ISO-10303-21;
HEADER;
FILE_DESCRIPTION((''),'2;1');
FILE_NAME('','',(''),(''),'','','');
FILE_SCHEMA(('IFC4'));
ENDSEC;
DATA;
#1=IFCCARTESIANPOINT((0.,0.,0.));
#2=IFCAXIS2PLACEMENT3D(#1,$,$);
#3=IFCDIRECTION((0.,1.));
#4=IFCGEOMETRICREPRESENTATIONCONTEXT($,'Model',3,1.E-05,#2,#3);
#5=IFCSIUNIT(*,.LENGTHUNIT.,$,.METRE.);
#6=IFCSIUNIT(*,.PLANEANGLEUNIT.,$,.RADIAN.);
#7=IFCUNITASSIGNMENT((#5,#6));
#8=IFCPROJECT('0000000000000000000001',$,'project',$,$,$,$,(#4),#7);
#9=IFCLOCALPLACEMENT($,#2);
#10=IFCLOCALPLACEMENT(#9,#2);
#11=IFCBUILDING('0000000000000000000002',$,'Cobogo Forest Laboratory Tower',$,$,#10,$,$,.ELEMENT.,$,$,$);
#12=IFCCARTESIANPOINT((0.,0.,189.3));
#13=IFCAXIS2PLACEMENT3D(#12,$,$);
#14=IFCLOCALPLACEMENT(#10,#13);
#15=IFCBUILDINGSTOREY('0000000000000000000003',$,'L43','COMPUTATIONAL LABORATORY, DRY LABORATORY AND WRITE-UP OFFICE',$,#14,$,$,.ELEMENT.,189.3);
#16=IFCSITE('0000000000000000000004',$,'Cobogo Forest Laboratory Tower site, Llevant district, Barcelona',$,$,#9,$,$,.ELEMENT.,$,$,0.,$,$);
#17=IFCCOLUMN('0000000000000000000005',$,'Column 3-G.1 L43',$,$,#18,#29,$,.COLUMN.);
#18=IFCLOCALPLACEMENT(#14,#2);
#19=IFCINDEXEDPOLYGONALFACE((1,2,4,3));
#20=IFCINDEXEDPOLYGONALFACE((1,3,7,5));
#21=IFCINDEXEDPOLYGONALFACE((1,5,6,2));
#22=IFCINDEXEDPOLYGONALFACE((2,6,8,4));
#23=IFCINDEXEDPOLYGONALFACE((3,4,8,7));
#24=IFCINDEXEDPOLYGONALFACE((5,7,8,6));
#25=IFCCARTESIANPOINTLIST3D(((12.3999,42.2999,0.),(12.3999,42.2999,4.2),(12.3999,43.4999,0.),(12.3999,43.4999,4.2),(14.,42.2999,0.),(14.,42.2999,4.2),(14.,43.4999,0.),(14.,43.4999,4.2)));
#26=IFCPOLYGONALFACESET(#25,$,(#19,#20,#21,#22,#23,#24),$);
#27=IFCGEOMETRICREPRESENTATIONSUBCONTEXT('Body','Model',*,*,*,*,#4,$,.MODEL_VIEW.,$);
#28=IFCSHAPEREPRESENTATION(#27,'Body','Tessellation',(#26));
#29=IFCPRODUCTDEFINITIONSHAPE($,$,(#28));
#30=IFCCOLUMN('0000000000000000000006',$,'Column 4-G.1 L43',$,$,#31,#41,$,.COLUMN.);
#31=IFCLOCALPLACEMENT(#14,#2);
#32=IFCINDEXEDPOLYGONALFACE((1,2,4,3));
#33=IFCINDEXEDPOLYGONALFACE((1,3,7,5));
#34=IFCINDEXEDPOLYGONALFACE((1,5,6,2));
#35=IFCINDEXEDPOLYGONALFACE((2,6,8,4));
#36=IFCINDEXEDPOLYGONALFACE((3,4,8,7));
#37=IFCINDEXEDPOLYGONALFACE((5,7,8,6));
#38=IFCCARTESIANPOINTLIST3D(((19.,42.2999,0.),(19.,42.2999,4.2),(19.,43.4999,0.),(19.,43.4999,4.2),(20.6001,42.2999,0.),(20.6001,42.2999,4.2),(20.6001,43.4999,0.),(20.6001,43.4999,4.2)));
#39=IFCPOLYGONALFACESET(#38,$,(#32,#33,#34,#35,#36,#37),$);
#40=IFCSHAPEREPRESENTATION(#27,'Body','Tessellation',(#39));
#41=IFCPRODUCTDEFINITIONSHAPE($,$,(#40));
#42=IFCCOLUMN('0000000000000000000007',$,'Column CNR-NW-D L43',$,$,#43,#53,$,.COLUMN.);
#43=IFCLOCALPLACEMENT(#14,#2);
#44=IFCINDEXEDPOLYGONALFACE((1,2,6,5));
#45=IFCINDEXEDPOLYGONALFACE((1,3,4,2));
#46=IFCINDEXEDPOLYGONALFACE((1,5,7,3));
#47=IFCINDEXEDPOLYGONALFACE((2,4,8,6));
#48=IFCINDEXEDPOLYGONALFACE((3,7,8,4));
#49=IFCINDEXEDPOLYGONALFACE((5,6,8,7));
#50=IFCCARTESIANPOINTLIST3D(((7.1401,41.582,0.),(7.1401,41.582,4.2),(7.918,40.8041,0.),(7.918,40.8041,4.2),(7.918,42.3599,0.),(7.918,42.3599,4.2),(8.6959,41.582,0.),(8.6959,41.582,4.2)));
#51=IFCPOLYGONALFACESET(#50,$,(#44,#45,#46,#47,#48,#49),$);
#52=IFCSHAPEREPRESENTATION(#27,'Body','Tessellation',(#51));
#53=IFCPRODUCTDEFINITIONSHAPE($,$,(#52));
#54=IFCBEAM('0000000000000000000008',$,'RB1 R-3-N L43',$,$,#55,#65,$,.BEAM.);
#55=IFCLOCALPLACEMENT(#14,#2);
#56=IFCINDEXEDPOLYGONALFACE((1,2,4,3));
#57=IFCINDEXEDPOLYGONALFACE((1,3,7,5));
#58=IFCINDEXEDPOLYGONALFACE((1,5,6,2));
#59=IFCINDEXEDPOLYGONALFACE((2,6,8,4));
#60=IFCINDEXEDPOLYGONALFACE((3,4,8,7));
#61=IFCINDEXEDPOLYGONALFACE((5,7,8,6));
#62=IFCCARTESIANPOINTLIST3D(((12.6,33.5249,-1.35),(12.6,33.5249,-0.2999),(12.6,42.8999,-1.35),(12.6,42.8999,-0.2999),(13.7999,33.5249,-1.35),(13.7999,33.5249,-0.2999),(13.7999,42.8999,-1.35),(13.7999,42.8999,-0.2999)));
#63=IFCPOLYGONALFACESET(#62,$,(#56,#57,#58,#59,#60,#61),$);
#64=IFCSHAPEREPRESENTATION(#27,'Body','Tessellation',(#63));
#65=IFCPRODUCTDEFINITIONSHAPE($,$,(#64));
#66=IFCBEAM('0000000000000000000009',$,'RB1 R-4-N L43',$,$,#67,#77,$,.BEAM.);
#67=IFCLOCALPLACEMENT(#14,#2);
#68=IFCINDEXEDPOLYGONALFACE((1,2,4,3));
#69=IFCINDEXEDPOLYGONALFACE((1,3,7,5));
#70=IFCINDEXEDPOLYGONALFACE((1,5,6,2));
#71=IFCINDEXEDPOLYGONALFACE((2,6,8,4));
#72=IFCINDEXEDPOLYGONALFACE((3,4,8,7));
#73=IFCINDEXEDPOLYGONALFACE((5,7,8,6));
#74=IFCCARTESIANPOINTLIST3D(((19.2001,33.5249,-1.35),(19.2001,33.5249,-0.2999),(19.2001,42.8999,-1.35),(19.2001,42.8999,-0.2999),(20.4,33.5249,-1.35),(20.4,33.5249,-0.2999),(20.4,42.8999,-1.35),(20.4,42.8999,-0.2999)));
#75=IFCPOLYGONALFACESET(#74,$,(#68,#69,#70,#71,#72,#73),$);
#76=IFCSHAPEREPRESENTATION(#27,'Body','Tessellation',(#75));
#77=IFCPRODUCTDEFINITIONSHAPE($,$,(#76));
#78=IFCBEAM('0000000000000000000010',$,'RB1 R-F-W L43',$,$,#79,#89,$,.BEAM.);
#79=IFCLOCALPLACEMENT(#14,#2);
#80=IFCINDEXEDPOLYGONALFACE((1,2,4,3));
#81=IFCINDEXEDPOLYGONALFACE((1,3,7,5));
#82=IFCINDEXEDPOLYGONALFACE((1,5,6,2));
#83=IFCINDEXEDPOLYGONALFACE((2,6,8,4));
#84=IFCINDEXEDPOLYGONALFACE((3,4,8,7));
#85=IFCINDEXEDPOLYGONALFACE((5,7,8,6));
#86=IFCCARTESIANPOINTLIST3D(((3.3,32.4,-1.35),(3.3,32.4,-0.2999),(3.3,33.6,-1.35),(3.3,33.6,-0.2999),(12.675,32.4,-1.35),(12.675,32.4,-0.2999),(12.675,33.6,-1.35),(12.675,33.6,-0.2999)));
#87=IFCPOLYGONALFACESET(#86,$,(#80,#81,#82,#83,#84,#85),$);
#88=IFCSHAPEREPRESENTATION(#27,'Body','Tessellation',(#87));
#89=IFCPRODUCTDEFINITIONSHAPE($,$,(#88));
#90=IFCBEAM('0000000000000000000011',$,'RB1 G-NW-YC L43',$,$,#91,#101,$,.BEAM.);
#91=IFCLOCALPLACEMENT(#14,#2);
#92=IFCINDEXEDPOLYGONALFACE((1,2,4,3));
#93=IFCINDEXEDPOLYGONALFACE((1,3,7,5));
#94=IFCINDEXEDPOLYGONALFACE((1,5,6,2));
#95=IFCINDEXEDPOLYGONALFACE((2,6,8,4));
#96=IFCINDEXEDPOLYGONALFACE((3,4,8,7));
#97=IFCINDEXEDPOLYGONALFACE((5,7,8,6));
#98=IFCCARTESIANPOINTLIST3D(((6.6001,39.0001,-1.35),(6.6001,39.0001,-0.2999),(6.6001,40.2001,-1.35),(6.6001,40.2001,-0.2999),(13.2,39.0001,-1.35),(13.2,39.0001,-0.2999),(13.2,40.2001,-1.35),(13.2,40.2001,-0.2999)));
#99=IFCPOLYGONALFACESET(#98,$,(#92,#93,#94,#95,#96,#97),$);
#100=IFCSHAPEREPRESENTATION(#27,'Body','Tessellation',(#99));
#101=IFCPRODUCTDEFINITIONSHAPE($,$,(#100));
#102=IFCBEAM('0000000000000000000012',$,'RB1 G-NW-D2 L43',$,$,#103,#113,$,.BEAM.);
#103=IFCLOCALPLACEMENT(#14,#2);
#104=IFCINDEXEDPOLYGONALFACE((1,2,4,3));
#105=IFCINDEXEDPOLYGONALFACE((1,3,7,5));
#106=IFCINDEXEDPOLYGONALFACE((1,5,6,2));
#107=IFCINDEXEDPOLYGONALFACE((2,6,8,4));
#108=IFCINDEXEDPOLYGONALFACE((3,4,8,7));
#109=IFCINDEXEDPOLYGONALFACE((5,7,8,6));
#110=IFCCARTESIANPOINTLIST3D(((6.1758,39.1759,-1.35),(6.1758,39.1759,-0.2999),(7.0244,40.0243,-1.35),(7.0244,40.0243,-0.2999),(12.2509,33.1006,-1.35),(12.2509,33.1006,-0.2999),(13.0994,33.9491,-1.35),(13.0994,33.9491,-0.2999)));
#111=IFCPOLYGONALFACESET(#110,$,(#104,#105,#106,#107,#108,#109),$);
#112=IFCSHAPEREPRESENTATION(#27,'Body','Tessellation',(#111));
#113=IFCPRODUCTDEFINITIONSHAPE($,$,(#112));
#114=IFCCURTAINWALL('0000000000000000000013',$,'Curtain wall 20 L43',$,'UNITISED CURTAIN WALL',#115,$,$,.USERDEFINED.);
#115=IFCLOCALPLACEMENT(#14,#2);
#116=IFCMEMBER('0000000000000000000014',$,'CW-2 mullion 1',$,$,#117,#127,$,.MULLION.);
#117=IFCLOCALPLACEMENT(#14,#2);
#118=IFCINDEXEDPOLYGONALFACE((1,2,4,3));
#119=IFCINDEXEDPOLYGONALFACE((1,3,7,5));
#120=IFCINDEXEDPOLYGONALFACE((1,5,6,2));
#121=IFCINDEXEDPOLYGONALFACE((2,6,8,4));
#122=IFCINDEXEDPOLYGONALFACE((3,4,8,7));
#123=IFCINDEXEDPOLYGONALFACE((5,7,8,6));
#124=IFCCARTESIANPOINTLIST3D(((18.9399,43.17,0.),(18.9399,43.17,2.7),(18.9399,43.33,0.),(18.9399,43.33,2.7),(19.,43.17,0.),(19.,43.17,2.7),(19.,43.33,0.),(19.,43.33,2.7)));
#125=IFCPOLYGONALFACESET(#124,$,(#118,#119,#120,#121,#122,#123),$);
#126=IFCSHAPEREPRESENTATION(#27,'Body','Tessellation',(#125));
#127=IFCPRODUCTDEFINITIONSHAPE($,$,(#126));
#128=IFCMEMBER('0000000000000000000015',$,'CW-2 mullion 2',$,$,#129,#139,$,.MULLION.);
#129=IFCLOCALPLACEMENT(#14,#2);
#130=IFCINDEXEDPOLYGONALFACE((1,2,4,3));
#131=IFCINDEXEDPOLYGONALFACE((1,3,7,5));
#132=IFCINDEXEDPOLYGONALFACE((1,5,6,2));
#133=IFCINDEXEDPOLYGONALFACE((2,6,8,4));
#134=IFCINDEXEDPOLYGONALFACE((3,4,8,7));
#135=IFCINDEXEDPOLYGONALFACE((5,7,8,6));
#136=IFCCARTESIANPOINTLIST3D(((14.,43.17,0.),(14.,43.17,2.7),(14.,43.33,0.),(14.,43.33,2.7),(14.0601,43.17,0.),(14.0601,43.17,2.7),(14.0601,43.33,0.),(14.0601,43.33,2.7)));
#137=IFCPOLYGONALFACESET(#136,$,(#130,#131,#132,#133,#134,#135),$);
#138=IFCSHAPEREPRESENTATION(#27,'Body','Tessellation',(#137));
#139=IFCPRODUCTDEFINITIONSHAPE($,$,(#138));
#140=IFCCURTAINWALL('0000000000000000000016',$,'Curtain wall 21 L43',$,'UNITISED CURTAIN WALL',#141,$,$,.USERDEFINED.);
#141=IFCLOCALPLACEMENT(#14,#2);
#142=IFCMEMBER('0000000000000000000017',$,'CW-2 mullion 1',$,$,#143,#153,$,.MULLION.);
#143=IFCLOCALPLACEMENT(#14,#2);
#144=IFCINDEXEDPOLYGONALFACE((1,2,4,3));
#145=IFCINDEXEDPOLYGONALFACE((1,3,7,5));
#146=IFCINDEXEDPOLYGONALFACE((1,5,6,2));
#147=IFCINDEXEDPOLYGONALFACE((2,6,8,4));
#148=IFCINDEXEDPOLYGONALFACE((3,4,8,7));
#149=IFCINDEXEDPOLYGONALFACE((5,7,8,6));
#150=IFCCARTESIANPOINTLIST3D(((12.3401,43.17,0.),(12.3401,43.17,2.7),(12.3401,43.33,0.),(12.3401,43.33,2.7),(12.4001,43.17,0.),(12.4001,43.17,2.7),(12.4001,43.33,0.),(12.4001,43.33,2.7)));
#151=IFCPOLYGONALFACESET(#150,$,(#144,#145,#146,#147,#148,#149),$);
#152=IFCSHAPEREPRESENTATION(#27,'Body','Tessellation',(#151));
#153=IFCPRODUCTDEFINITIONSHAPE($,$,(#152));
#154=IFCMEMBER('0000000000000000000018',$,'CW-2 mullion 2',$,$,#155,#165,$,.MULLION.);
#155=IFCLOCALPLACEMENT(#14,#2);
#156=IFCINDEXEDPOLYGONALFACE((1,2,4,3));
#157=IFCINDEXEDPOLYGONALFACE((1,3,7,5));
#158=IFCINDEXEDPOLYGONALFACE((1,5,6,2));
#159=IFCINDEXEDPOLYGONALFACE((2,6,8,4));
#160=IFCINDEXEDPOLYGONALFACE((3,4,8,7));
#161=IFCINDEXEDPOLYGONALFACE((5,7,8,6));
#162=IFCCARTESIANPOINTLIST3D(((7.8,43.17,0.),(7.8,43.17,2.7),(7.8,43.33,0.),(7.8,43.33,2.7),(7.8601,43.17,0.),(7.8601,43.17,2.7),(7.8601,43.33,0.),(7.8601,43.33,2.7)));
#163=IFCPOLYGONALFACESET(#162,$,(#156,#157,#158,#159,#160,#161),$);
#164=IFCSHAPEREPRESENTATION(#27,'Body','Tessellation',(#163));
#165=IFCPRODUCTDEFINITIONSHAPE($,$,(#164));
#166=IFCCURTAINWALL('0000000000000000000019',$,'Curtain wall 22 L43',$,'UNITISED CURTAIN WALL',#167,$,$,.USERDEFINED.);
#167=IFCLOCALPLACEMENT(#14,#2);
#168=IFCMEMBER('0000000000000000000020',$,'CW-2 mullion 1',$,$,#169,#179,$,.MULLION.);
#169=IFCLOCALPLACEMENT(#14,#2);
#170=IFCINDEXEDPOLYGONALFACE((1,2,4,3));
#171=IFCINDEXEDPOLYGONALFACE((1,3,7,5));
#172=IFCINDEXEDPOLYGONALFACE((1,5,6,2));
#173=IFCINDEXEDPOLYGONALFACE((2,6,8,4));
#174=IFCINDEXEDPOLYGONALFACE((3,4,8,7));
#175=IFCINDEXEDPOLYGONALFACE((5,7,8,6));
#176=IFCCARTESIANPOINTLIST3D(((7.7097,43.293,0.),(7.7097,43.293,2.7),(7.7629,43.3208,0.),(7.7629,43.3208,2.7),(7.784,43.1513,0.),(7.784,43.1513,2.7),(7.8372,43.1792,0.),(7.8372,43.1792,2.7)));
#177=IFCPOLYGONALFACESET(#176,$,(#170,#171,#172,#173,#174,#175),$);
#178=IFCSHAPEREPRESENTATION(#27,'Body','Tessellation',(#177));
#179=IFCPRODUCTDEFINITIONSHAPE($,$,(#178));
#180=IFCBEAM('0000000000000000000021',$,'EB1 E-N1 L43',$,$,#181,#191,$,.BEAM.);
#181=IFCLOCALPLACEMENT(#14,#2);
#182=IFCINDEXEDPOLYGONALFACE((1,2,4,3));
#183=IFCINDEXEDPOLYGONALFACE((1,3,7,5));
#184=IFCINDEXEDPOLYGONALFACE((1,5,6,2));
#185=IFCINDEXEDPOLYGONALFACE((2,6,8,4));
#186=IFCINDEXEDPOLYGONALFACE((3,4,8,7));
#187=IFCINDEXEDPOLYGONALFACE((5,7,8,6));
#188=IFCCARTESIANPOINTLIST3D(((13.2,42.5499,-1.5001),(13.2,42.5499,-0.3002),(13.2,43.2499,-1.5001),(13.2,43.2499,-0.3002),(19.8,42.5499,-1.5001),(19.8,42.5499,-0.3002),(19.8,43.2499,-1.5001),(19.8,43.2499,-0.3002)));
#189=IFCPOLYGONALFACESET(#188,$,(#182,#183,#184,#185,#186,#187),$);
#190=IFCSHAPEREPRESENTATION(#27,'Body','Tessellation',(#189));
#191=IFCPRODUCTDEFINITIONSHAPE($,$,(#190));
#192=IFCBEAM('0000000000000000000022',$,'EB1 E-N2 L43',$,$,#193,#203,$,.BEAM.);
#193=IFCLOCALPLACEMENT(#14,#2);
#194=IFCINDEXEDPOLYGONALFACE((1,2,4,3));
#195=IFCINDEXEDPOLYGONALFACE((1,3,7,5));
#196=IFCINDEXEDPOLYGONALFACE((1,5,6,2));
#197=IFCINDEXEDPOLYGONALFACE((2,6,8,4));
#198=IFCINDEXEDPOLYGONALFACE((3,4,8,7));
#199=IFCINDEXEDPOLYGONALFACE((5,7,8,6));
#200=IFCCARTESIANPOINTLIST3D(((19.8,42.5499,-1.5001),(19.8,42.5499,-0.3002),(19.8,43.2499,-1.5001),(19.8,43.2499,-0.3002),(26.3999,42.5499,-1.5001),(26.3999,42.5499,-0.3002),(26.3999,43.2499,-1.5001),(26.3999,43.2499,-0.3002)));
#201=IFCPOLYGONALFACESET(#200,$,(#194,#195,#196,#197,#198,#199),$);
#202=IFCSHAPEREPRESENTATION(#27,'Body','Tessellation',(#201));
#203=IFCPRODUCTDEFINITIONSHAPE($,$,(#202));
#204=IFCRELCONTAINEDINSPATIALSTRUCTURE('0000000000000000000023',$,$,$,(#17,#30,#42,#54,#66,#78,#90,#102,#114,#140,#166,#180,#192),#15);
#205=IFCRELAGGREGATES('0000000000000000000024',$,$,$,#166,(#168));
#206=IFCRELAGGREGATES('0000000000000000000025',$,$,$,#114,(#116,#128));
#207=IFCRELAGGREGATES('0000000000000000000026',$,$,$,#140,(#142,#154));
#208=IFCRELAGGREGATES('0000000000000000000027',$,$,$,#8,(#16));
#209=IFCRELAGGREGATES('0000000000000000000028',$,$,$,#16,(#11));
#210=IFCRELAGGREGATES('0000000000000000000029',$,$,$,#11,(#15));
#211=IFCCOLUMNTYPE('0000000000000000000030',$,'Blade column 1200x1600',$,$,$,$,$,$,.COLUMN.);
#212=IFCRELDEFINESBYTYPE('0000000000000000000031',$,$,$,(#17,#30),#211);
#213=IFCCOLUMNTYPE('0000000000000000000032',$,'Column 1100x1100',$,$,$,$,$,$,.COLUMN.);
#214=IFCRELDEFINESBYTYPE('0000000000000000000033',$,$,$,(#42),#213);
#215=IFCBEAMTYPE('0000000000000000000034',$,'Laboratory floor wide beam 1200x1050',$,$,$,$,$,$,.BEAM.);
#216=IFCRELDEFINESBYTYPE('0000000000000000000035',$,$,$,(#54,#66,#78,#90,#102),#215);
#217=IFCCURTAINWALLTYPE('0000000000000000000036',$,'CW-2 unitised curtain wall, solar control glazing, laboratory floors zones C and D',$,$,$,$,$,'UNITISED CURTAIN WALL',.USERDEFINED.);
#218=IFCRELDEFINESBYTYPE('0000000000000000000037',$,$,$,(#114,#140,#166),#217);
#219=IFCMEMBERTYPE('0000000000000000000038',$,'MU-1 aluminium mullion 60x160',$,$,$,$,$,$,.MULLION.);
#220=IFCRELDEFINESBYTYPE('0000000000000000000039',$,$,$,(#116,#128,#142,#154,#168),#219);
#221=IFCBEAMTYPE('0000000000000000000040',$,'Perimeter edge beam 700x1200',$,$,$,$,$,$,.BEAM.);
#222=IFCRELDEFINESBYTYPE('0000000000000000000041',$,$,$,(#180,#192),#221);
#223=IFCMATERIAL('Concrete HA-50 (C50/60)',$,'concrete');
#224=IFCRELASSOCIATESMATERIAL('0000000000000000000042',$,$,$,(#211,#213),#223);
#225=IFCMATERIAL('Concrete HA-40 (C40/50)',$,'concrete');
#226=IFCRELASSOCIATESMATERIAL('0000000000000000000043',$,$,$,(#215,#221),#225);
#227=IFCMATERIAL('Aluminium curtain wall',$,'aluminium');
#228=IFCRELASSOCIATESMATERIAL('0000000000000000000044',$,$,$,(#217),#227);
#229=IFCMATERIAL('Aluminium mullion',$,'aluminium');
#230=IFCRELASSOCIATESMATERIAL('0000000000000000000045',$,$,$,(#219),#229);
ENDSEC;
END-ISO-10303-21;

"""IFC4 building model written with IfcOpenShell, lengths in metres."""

from ifc_helpers import new_model, si_unit, direction, frame, origin, origin_2d, place, context, subcontext, project, spatial, rectangle, extrude, material, material_profile, profile_set, type_object, element, aggregate, save


model = new_model("IFC4")

# Units and contexts
model_context = context("Model", 3, precision=1e-05, world=origin(), true_north=direction((0.0, 1.0)))
body_context = subcontext(model_context, "Body", "Model", "MODEL_VIEW")
ifc_project = project(units=[si_unit("LENGTHUNIT", "METRE"), si_unit("PLANEANGLEUNIT", "RADIAN")], contexts=[model_context])

# Site, building, storey
site_placement = place(None, origin())
site = spatial("IfcSite", under=ifc_project, at=site_placement, Name="Cobogo Forest Laboratory Tower site, Llevant district, Barcelona", CompositionType="ELEMENT", RefElevation=0.0)
building_placement = place(site_placement, origin())
building = spatial("IfcBuilding", under=site, at=building_placement, Name="Cobogo Forest Laboratory Tower", CompositionType="ELEMENT")
storey_placement = place(building_placement, frame((0.0, 0.0, 189.3)))
storey = spatial("IfcBuildingStorey", under=building, at=storey_placement, Name="L43", Description="COMPUTATIONAL LABORATORY, DRY LABORATORY AND WRITE-UP OFFICE", CompositionType="ELEMENT", Elevation=189.3)

# Columns
ifc_material_1 = material(Name="Concrete HA-50 (C50/60)", Category="concrete")
ifc_material_profile_1 = material_profile(ifc_material_1, rectangle(XDim=1.6001, YDim=1.2, at=origin_2d()), Name="RC 1200x1600")
ifc_profile_set_1 = profile_set([ifc_material_profile_1], Name="Concrete HA-50 (C50/60)")
column_type_1 = type_object("IfcColumnType", Name="Blade column 1200x1600", PredefinedType="COLUMN", material=ifc_profile_set_1)
for number, where, z_axis, x_axis, name in (
    (1, (13.2, 42.8999, 0.0), (0.0, 0.0, 1.0), (1.0, 0.0, 0.0), "Column 3-G.1 L43"),
    (2, (19.8, 42.8999, 0.0), (0.0, 0.0, 1.0), (1.0, 0.0, 0.0), "Column 4-G.1 L43"),
):
    element("IfcColumn", number, at=place(storey_placement, frame(where, z_axis=z_axis, x_axis=x_axis)), inside=storey, type_object=column_type_1, Name=name, PredefinedType="COLUMN", context=body_context, shape_type="SweptSolid", body=[
        extrude(rectangle(XDim=1.6001, YDim=1.2, at=origin_2d()), origin(), (0.0, 0.0, 1.0), 4.2),
    ])
ifc_material_profile_2 = material_profile(ifc_material_1, rectangle(XDim=1.1001, YDim=1.1001, at=origin_2d()), Name="RC 1100x1100")
ifc_profile_set_2 = profile_set([ifc_material_profile_2], Name="Concrete HA-50 (C50/60)")
column_type_2 = type_object("IfcColumnType", Name="Column 1100x1100", PredefinedType="COLUMN", material=ifc_profile_set_2)
column_placement = place(storey_placement, frame((7.918, 41.582, 0.0), z_axis=(0.0, 0.0, 1.0), x_axis=(0.707107, 0.707107, 0.0)))
element("IfcColumn", 3, at=column_placement, inside=storey, type_object=column_type_2, Name="Column CNR-NW-D L43", PredefinedType="COLUMN", context=body_context, shape_type="SweptSolid", body=[
    extrude(rectangle(XDim=1.1001, YDim=1.1001, at=origin_2d()), origin(), (0.0, 0.0, 1.0), 4.2),
])

# Beams
ifc_material_2 = material(Name="Concrete HA-40 (C40/50)", Category="concrete")
ifc_material_profile_3 = material_profile(ifc_material_2, rectangle(XDim=1.2, YDim=1.05, at=origin_2d()), Name="RC 1200x1050")
ifc_profile_set_3 = profile_set([ifc_material_profile_3], Name="Concrete HA-40 (C40/50)")
beam_type_1 = type_object("IfcBeamType", Name="Laboratory floor wide beam 1200x1050", PredefinedType="BEAM", material=ifc_profile_set_3)
for number, where, z_axis, x_axis, name in (
    (4, (13.2, 33.5249, -0.825), (0.0, 1.0, 0.0), (-1.0, 0.0, 0.0), "RB1 R-3-N L43"),
    (5, (19.8, 33.5249, -0.825), (0.0, 1.0, 0.0), (-1.0, 0.0, 0.0), "RB1 R-4-N L43"),
    (6, (12.675, 33.0, -0.825), (-1.0, 0.0, 0.0), (0.0, -1.0, 0.0), "RB1 R-F-W L43"),
):
    element("IfcBeam", number, at=place(storey_placement, frame(where, z_axis=z_axis, x_axis=x_axis)), inside=storey, type_object=beam_type_1, Name=name, PredefinedType="BEAM", context=body_context, shape_type="SweptSolid", body=[
        extrude(rectangle(XDim=1.2, YDim=1.05, at=origin_2d()), origin(), (0.0, 0.0, 1.0), 9.375),
    ])
beam_1_placement = place(storey_placement, frame((6.6001, 39.6001, -0.825), z_axis=(1.0, 0.0, 0.0), x_axis=(0.0, 1.0, 0.0)))
element("IfcBeam", 7, at=beam_1_placement, inside=storey, type_object=beam_type_1, Name="RB1 G-NW-YC L43", PredefinedType="BEAM", context=body_context, shape_type="SweptSolid", body=[
    extrude(rectangle(XDim=1.2, YDim=1.05, at=origin_2d()), origin(), (0.0, 0.0, 1.0), 6.5999),
])
beam_2_placement = place(storey_placement, frame((6.6001, 39.6001, -0.825), z_axis=(0.707093, -0.707121, 0.0), x_axis=(0.707121, 0.707093, 0.0)))
element("IfcBeam", 8, at=beam_2_placement, inside=storey, type_object=beam_type_1, Name="RB1 G-NW-D2 L43", PredefinedType="BEAM", context=body_context, shape_type="SweptSolid", body=[
    extrude(rectangle(XDim=1.2, YDim=1.05, at=origin_2d()), origin(), (0.0, 0.0, 1.0), 8.5916),
])

# Curtain walls, members
ifc_material_3 = material(Name="Aluminium curtain wall", Category="aluminium")
curtain_wall_type = type_object("IfcCurtainWallType", Name="CW-2 unitised curtain wall, solar control glazing, laboratory floors zones C and D", ElementType="UNITISED CURTAIN WALL", PredefinedType="USERDEFINED", material=ifc_material_3)
curtain_wall_1_placement = place(storey_placement, origin())
curtain_wall_1 = element("IfcCurtainWall", 9, at=curtain_wall_1_placement, inside=storey, type_object=curtain_wall_type, Name="Curtain wall 20 L43", ObjectType="UNITISED CURTAIN WALL", PredefinedType="USERDEFINED")
ifc_material_4 = material(Name="Aluminium mullion", Category="aluminium")
ifc_material_profile_4 = material_profile(ifc_material_4, rectangle(XDim=0.0601, YDim=0.1599, at=origin_2d()), Name="AL 60x160")
ifc_profile_set_4 = profile_set([ifc_material_profile_4], Name="Aluminium mullion")
member_type_1 = type_object("IfcMemberType", Name="MU-1 aluminium mullion 60x160", PredefinedType="MULLION", material=ifc_profile_set_4)
member_1_placement = place(storey_placement, frame((18.97, 43.25, 0.0), z_axis=(0.0, 0.0, 1.0), x_axis=(-1.0, 0.0, 0.0)))
member_1 = element("IfcMember", 10, at=member_1_placement, type_object=member_type_1, Name="CW-2 mullion 1", PredefinedType="MULLION", context=body_context, shape_type="SweptSolid", body=[
    extrude(rectangle(XDim=0.0601, YDim=0.1599, at=origin_2d()), origin(), (0.0, 0.0, 1.0), 2.7),
])
member_2_placement = place(storey_placement, frame((14.03, 43.25, 0.0), z_axis=(0.0, 0.0, 1.0), x_axis=(-1.0, 0.0, 0.0)))
member_2 = element("IfcMember", 11, at=member_2_placement, type_object=member_type_1, Name="CW-2 mullion 2", PredefinedType="MULLION", context=body_context, shape_type="SweptSolid", body=[
    extrude(rectangle(XDim=0.0601, YDim=0.1599, at=origin_2d()), origin(), (0.0, 0.0, 1.0), 2.7),
])
curtain_wall_2_placement = place(storey_placement, origin())
curtain_wall_2 = element("IfcCurtainWall", 12, at=curtain_wall_2_placement, inside=storey, type_object=curtain_wall_type, Name="Curtain wall 21 L43", ObjectType="UNITISED CURTAIN WALL", PredefinedType="USERDEFINED")
member_3_placement = place(storey_placement, frame((12.3701, 43.25, 0.0), z_axis=(0.0, 0.0, 1.0), x_axis=(-1.0, 0.0, 0.0)))
member_3 = element("IfcMember", 13, at=member_3_placement, type_object=member_type_1, Name="CW-2 mullion 1", PredefinedType="MULLION", context=body_context, shape_type="SweptSolid", body=[
    extrude(rectangle(XDim=0.0601, YDim=0.1599, at=origin_2d()), origin(), (0.0, 0.0, 1.0), 2.7),
])
member_4_placement = place(storey_placement, frame((7.8301, 43.25, 0.0), z_axis=(0.0, 0.0, 1.0), x_axis=(-1.0, 0.0, 0.0)))
member_4 = element("IfcMember", 14, at=member_4_placement, type_object=member_type_1, Name="CW-2 mullion 2", PredefinedType="MULLION", context=body_context, shape_type="SweptSolid", body=[
    extrude(rectangle(XDim=0.0601, YDim=0.1599, at=origin_2d()), origin(), (0.0, 0.0, 1.0), 2.7),
])

# Curtain wall, member
curtain_wall_3_placement = place(storey_placement, origin())
curtain_wall_3 = element("IfcCurtainWall", 15, at=curtain_wall_3_placement, inside=storey, type_object=curtain_wall_type, Name="Curtain wall 22 L43", ObjectType="UNITISED CURTAIN WALL", PredefinedType="USERDEFINED")
member_5_placement = place(storey_placement, frame((7.7734, 43.2361, 0.0), z_axis=(0.0, 0.0, 1.0), x_axis=(-0.885686, -0.464284, 0.0)))
member_5 = element("IfcMember", 16, at=member_5_placement, type_object=member_type_1, Name="CW-2 mullion 1", PredefinedType="MULLION", context=body_context, shape_type="SweptSolid", body=[
    extrude(rectangle(XDim=0.0601, YDim=0.1599, at=origin_2d()), origin(), (0.0, 0.0, 1.0), 2.7),
])

# Beams
ifc_material_profile_5 = material_profile(ifc_material_2, rectangle(XDim=0.7, YDim=1.2, at=origin_2d()), Name="RC 700x1200")
ifc_profile_set_5 = profile_set([ifc_material_profile_5], Name="Concrete HA-40 (C40/50)")
beam_type_2 = type_object("IfcBeamType", Name="Perimeter edge beam 700x1200", PredefinedType="BEAM", material=ifc_profile_set_5)
beam_3_placement = place(storey_placement, frame((13.2, 42.8999, -0.9001), z_axis=(1.0, 0.0, 0.0), x_axis=(0.0, 1.0, 0.0)))
element("IfcBeam", 17, at=beam_3_placement, inside=storey, type_object=beam_type_2, Name="EB1 E-N1 L43", PredefinedType="BEAM", context=body_context, shape_type="SweptSolid", body=[
    extrude(rectangle(XDim=0.7, YDim=1.2, at=origin_2d()), origin(), (0.0, 0.0, 1.0), 6.6001),
])
beam_4_placement = place(storey_placement, frame((19.8, 42.8999, -0.9001), z_axis=(1.0, 0.0, 0.0), x_axis=(0.0, 1.0, 0.0)))
element("IfcBeam", 18, at=beam_4_placement, inside=storey, type_object=beam_type_2, Name="EB1 E-N2 L43", PredefinedType="BEAM", context=body_context, shape_type="SweptSolid", body=[
    extrude(rectangle(XDim=0.7, YDim=1.2, at=origin_2d()), origin(), (0.0, 0.0, 1.0), 6.5999),
])

aggregate(curtain_wall_3, [member_5])

aggregate(curtain_wall_1, [member_1, member_2])
aggregate(curtain_wall_2, [member_3, member_4])

save(model, "model.ifc")
